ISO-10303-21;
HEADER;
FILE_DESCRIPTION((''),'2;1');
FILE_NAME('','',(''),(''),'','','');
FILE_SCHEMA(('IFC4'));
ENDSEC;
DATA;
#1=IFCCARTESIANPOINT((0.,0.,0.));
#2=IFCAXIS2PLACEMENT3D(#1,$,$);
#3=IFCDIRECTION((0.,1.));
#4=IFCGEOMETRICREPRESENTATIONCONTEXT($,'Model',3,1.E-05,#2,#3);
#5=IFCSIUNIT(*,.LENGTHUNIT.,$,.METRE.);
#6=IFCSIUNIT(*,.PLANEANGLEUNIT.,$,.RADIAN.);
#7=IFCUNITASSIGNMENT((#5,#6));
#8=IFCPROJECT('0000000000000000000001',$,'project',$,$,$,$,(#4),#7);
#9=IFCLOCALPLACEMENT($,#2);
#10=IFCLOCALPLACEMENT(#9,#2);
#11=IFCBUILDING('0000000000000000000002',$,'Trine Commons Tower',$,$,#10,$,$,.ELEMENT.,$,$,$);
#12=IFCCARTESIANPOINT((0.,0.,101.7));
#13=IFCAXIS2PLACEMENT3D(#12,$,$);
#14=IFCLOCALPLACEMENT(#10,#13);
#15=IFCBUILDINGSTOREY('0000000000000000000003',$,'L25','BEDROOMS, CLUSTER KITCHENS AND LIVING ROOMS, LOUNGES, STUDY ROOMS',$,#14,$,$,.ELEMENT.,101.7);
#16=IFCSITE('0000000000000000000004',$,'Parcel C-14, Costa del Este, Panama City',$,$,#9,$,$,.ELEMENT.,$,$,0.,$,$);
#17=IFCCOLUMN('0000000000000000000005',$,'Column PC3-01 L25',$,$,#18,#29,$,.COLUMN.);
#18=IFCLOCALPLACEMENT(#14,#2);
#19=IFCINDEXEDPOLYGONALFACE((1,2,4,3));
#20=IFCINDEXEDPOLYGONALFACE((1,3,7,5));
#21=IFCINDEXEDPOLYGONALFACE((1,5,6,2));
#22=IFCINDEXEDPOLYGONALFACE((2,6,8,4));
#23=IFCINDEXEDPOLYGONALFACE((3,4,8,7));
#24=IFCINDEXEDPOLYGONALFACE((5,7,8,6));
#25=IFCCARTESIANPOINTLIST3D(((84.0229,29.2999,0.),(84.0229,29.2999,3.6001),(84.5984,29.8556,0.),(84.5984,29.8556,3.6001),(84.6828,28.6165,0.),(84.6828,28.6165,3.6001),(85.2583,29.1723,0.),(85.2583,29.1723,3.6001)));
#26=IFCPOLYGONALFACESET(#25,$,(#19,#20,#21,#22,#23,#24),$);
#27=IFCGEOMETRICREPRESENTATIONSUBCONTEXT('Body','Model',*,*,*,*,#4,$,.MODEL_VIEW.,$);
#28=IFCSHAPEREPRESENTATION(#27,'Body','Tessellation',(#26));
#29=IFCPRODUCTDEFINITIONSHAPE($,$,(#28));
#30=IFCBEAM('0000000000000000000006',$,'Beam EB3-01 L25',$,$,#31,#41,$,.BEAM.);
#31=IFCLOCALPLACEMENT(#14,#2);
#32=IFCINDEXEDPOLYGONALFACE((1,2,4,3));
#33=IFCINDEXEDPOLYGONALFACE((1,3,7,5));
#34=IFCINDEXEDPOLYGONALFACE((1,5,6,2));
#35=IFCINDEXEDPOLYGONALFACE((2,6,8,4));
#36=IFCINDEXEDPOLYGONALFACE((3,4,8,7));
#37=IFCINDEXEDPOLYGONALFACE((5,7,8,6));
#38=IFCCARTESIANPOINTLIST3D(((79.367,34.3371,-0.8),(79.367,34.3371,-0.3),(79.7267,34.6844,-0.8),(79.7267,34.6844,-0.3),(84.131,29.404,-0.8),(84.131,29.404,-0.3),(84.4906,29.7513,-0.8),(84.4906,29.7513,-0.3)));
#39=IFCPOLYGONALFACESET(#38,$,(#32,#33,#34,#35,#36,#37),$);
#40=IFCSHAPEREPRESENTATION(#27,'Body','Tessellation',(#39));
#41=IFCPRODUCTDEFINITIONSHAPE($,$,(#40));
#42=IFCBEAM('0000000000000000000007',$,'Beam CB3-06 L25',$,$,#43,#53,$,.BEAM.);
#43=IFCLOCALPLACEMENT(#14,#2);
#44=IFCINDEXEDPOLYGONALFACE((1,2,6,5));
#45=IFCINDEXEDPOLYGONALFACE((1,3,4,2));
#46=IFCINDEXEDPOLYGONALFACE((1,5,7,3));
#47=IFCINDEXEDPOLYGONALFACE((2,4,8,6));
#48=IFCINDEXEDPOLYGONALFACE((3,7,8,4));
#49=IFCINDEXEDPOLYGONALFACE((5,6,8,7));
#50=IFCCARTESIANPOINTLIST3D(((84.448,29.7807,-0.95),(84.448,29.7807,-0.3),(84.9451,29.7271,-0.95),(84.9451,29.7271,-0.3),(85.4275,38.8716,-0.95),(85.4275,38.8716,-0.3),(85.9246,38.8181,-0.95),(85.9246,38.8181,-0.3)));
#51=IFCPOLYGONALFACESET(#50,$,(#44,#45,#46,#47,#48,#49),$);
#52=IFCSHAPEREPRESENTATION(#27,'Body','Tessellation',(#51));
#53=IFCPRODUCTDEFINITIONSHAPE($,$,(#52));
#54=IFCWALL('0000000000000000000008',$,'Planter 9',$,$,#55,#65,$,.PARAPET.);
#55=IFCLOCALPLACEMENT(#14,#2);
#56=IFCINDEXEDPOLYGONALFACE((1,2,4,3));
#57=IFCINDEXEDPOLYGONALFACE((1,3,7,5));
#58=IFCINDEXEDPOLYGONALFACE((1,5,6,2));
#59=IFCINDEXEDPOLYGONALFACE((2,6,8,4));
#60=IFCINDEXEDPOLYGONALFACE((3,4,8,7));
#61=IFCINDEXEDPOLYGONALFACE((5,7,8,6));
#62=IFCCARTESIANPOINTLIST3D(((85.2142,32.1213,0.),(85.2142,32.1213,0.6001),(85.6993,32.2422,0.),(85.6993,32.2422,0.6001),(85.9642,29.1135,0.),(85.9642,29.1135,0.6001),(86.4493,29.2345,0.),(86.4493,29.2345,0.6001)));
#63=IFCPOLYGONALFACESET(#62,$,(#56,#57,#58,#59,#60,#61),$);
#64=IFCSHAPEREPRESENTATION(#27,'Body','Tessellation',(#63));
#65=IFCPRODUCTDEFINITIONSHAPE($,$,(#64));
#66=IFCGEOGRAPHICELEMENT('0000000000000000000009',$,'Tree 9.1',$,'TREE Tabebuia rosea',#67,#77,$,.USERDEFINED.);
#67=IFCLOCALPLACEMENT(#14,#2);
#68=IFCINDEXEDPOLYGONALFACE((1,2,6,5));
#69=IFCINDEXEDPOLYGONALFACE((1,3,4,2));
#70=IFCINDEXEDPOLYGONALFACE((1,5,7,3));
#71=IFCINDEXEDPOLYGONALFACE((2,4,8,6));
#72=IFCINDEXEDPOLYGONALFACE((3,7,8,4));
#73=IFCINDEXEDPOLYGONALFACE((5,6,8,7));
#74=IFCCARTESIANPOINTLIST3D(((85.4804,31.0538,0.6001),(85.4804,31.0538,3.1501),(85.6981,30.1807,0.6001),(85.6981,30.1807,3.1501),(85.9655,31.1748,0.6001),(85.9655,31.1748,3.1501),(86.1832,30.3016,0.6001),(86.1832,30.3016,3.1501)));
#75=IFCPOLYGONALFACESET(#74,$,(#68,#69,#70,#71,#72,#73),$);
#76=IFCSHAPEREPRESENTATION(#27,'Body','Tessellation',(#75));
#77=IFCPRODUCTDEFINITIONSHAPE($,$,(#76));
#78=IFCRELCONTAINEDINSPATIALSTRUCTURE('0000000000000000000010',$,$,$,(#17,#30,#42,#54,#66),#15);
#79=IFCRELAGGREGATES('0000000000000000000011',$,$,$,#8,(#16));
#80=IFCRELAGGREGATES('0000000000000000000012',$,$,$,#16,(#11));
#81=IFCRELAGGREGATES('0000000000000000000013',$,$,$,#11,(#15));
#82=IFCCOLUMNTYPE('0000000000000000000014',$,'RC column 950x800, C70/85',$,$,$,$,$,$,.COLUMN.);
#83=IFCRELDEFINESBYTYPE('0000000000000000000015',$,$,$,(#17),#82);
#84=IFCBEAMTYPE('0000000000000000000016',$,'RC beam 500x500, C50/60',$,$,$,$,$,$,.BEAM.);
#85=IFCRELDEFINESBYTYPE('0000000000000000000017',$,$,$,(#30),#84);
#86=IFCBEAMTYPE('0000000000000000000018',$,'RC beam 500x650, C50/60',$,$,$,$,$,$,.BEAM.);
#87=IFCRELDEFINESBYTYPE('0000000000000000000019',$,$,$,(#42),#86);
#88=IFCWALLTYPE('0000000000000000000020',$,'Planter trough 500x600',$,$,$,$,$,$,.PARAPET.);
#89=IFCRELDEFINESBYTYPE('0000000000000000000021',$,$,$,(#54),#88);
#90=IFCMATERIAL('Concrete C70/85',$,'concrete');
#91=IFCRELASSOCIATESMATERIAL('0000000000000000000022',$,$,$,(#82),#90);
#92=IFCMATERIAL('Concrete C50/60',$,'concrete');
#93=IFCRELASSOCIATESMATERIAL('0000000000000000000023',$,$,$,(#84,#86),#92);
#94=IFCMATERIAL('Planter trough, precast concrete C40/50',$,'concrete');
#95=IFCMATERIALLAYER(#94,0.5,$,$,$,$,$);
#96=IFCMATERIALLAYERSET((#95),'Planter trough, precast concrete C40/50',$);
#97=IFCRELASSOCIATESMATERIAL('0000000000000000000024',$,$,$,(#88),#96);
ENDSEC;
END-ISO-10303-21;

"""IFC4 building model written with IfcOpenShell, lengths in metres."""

from ifc_helpers import new_model, si_unit, direction, frame, frame_2d, origin, origin_2d, place, context, subcontext, project, spatial, rectangle, extrude, material, layer, layer_set, material_profile, profile_set, type_object, element, save


model = new_model("IFC4")

# Units and contexts
model_context = context("Model", 3, precision=1e-05, world=origin(), true_north=direction((0.0, 1.0)))
body_context = subcontext(model_context, "Body", "Model", "MODEL_VIEW")
ifc_project = project(units=[si_unit("LENGTHUNIT", "METRE"), si_unit("PLANEANGLEUNIT", "RADIAN")], contexts=[model_context])

# Site, building, storey
site_placement = place(None, origin())
site = spatial("IfcSite", under=ifc_project, at=site_placement, Name="Parcel C-14, Costa del Este, Panama City", CompositionType="ELEMENT", RefElevation=0.0)
building_placement = place(site_placement, origin())
building = spatial("IfcBuilding", under=site, at=building_placement, Name="Trine Commons Tower", CompositionType="ELEMENT")
storey_placement = place(building_placement, frame((0.0, 0.0, 101.7)))
storey = spatial("IfcBuildingStorey", under=building, at=storey_placement, Name="L25", Description="BEDROOMS, CLUSTER KITCHENS AND LIVING ROOMS, LOUNGES, STUDY ROOMS", CompositionType="ELEMENT", Elevation=101.7)

# Column
ifc_material_1 = material(Name="Concrete C70/85", Category="concrete")
ifc_material_profile_1 = material_profile(ifc_material_1, rectangle(XDim=0.95, YDim=0.8, at=origin_2d()), Name="RC 950x800")
ifc_profile_set_1 = profile_set([ifc_material_profile_1], Name="Concrete C70/85")
column_type = type_object("IfcColumnType", Name="RC column 950x800, C70/85", PredefinedType="COLUMN", material=ifc_profile_set_1)
column_placement = place(storey_placement, frame((84.6406, 29.2361, 0.0), z_axis=(0.0, 0.0, 1.0), x_axis=(-0.694658, 0.71934, 0.0)))
element("IfcColumn", 1, at=column_placement, inside=storey, type_object=column_type, Name="Column PC3-01 L25", PredefinedType="COLUMN", context=body_context, shape_type="SweptSolid", body=[
    extrude(rectangle(XDim=0.95, YDim=0.8, at=origin_2d()), origin(), (0.0, 0.0, 1.0), 3.6001),
])

# Beams
ifc_material_2 = material(Name="Concrete C50/60", Category="concrete")
ifc_material_profile_2 = material_profile(ifc_material_2, rectangle(XDim=0.5, YDim=0.5, at=origin_2d()), Name="RC 500x500")
ifc_profile_set_2 = profile_set([ifc_material_profile_2], Name="Concrete C50/60")
beam_type_1 = type_object("IfcBeamType", Name="RC beam 500x500, C50/60", PredefinedType="BEAM", material=ifc_profile_set_2)
beam_1_placement = place(storey_placement, frame((84.3108, 29.5776, -0.55), z_axis=(-0.694664, 0.719335, 0.0), x_axis=(-0.719335, -0.694664, 0.0)))
element("IfcBeam", 2, at=beam_1_placement, inside=storey, type_object=beam_type_1, Name="Beam EB3-01 L25", PredefinedType="BEAM", context=body_context, shape_type="SweptSolid", body=[
    extrude(rectangle(XDim=0.5, YDim=0.5, at=origin_2d()), origin(), (0.0, 0.0, 1.0), 6.8579),
])
ifc_material_profile_3 = material_profile(ifc_material_2, rectangle(XDim=0.5, YDim=0.6499, at=origin_2d()), Name="RC 500x650")
ifc_profile_set_3 = profile_set([ifc_material_profile_3], Name="Concrete C50/60")
beam_type_2 = type_object("IfcBeamType", Name="RC beam 500x650, C50/60", PredefinedType="BEAM", material=ifc_profile_set_3)
beam_2_placement = place(storey_placement, frame((84.6965, 29.7539, -0.625), z_axis=(0.107125, 0.994246, 0.0), x_axis=(-0.994246, 0.107125, 0.0)))
element("IfcBeam", 3, at=beam_2_placement, inside=storey, type_object=beam_type_2, Name="Beam CB3-06 L25", PredefinedType="BEAM", context=body_context, shape_type="SweptSolid", body=[
    extrude(rectangle(XDim=0.5, YDim=0.6499, at=origin_2d()), origin(), (0.0, 0.0, 1.0), 9.1436),
])

# Wall
ifc_material_3 = material(Name="Planter trough, precast concrete C40/50", Category="concrete")
ifc_layer_1 = layer(ifc_material_3, 0.5)
ifc_layer_set_1 = layer_set([ifc_layer_1], Name="Planter trough, precast concrete C40/50")
wall_type_1 = type_object("IfcWallType", Name="Planter trough 500x600", PredefinedType="PARAPET", material=ifc_layer_set_1)
wall_1_placement = place(storey_placement, frame((85.4568, 32.1816, 0.0), z_axis=(0.0, 0.0, 1.0), x_axis=(0.241943, -0.970291, 0.0)))
element("IfcWall", 4, at=wall_1_placement, inside=storey, type_object=wall_type_1, Name="Planter 9", PredefinedType="PARAPET", context=body_context, shape_type="SweptSolid", body=[
    extrude(rectangle(XDim=3.0999, YDim=0.5, at=frame_2d((1.5498, 0.0))), origin(), (0.0, 0.0, 1.0), 0.6001),
])

# Geographic element
geographic_element_placement = place(storey_placement, frame((85.8318, 30.6777, 0.6001), z_axis=(0.0, 0.0, 1.0), x_axis=(0.241908, -0.970299, 0.0)))
element("IfcGeographicElement", 5, at=geographic_element_placement, inside=storey, Name="Tree 9.1", ObjectType="TREE Tabebuia rosea", PredefinedType="USERDEFINED", context=body_context, shape_type="SweptSolid", body=[
    extrude(rectangle(XDim=0.8999, YDim=0.5, at=origin_2d()), origin(), (0.0, 0.0, 1.0), 2.55),
])

save(model, "model.ifc")
